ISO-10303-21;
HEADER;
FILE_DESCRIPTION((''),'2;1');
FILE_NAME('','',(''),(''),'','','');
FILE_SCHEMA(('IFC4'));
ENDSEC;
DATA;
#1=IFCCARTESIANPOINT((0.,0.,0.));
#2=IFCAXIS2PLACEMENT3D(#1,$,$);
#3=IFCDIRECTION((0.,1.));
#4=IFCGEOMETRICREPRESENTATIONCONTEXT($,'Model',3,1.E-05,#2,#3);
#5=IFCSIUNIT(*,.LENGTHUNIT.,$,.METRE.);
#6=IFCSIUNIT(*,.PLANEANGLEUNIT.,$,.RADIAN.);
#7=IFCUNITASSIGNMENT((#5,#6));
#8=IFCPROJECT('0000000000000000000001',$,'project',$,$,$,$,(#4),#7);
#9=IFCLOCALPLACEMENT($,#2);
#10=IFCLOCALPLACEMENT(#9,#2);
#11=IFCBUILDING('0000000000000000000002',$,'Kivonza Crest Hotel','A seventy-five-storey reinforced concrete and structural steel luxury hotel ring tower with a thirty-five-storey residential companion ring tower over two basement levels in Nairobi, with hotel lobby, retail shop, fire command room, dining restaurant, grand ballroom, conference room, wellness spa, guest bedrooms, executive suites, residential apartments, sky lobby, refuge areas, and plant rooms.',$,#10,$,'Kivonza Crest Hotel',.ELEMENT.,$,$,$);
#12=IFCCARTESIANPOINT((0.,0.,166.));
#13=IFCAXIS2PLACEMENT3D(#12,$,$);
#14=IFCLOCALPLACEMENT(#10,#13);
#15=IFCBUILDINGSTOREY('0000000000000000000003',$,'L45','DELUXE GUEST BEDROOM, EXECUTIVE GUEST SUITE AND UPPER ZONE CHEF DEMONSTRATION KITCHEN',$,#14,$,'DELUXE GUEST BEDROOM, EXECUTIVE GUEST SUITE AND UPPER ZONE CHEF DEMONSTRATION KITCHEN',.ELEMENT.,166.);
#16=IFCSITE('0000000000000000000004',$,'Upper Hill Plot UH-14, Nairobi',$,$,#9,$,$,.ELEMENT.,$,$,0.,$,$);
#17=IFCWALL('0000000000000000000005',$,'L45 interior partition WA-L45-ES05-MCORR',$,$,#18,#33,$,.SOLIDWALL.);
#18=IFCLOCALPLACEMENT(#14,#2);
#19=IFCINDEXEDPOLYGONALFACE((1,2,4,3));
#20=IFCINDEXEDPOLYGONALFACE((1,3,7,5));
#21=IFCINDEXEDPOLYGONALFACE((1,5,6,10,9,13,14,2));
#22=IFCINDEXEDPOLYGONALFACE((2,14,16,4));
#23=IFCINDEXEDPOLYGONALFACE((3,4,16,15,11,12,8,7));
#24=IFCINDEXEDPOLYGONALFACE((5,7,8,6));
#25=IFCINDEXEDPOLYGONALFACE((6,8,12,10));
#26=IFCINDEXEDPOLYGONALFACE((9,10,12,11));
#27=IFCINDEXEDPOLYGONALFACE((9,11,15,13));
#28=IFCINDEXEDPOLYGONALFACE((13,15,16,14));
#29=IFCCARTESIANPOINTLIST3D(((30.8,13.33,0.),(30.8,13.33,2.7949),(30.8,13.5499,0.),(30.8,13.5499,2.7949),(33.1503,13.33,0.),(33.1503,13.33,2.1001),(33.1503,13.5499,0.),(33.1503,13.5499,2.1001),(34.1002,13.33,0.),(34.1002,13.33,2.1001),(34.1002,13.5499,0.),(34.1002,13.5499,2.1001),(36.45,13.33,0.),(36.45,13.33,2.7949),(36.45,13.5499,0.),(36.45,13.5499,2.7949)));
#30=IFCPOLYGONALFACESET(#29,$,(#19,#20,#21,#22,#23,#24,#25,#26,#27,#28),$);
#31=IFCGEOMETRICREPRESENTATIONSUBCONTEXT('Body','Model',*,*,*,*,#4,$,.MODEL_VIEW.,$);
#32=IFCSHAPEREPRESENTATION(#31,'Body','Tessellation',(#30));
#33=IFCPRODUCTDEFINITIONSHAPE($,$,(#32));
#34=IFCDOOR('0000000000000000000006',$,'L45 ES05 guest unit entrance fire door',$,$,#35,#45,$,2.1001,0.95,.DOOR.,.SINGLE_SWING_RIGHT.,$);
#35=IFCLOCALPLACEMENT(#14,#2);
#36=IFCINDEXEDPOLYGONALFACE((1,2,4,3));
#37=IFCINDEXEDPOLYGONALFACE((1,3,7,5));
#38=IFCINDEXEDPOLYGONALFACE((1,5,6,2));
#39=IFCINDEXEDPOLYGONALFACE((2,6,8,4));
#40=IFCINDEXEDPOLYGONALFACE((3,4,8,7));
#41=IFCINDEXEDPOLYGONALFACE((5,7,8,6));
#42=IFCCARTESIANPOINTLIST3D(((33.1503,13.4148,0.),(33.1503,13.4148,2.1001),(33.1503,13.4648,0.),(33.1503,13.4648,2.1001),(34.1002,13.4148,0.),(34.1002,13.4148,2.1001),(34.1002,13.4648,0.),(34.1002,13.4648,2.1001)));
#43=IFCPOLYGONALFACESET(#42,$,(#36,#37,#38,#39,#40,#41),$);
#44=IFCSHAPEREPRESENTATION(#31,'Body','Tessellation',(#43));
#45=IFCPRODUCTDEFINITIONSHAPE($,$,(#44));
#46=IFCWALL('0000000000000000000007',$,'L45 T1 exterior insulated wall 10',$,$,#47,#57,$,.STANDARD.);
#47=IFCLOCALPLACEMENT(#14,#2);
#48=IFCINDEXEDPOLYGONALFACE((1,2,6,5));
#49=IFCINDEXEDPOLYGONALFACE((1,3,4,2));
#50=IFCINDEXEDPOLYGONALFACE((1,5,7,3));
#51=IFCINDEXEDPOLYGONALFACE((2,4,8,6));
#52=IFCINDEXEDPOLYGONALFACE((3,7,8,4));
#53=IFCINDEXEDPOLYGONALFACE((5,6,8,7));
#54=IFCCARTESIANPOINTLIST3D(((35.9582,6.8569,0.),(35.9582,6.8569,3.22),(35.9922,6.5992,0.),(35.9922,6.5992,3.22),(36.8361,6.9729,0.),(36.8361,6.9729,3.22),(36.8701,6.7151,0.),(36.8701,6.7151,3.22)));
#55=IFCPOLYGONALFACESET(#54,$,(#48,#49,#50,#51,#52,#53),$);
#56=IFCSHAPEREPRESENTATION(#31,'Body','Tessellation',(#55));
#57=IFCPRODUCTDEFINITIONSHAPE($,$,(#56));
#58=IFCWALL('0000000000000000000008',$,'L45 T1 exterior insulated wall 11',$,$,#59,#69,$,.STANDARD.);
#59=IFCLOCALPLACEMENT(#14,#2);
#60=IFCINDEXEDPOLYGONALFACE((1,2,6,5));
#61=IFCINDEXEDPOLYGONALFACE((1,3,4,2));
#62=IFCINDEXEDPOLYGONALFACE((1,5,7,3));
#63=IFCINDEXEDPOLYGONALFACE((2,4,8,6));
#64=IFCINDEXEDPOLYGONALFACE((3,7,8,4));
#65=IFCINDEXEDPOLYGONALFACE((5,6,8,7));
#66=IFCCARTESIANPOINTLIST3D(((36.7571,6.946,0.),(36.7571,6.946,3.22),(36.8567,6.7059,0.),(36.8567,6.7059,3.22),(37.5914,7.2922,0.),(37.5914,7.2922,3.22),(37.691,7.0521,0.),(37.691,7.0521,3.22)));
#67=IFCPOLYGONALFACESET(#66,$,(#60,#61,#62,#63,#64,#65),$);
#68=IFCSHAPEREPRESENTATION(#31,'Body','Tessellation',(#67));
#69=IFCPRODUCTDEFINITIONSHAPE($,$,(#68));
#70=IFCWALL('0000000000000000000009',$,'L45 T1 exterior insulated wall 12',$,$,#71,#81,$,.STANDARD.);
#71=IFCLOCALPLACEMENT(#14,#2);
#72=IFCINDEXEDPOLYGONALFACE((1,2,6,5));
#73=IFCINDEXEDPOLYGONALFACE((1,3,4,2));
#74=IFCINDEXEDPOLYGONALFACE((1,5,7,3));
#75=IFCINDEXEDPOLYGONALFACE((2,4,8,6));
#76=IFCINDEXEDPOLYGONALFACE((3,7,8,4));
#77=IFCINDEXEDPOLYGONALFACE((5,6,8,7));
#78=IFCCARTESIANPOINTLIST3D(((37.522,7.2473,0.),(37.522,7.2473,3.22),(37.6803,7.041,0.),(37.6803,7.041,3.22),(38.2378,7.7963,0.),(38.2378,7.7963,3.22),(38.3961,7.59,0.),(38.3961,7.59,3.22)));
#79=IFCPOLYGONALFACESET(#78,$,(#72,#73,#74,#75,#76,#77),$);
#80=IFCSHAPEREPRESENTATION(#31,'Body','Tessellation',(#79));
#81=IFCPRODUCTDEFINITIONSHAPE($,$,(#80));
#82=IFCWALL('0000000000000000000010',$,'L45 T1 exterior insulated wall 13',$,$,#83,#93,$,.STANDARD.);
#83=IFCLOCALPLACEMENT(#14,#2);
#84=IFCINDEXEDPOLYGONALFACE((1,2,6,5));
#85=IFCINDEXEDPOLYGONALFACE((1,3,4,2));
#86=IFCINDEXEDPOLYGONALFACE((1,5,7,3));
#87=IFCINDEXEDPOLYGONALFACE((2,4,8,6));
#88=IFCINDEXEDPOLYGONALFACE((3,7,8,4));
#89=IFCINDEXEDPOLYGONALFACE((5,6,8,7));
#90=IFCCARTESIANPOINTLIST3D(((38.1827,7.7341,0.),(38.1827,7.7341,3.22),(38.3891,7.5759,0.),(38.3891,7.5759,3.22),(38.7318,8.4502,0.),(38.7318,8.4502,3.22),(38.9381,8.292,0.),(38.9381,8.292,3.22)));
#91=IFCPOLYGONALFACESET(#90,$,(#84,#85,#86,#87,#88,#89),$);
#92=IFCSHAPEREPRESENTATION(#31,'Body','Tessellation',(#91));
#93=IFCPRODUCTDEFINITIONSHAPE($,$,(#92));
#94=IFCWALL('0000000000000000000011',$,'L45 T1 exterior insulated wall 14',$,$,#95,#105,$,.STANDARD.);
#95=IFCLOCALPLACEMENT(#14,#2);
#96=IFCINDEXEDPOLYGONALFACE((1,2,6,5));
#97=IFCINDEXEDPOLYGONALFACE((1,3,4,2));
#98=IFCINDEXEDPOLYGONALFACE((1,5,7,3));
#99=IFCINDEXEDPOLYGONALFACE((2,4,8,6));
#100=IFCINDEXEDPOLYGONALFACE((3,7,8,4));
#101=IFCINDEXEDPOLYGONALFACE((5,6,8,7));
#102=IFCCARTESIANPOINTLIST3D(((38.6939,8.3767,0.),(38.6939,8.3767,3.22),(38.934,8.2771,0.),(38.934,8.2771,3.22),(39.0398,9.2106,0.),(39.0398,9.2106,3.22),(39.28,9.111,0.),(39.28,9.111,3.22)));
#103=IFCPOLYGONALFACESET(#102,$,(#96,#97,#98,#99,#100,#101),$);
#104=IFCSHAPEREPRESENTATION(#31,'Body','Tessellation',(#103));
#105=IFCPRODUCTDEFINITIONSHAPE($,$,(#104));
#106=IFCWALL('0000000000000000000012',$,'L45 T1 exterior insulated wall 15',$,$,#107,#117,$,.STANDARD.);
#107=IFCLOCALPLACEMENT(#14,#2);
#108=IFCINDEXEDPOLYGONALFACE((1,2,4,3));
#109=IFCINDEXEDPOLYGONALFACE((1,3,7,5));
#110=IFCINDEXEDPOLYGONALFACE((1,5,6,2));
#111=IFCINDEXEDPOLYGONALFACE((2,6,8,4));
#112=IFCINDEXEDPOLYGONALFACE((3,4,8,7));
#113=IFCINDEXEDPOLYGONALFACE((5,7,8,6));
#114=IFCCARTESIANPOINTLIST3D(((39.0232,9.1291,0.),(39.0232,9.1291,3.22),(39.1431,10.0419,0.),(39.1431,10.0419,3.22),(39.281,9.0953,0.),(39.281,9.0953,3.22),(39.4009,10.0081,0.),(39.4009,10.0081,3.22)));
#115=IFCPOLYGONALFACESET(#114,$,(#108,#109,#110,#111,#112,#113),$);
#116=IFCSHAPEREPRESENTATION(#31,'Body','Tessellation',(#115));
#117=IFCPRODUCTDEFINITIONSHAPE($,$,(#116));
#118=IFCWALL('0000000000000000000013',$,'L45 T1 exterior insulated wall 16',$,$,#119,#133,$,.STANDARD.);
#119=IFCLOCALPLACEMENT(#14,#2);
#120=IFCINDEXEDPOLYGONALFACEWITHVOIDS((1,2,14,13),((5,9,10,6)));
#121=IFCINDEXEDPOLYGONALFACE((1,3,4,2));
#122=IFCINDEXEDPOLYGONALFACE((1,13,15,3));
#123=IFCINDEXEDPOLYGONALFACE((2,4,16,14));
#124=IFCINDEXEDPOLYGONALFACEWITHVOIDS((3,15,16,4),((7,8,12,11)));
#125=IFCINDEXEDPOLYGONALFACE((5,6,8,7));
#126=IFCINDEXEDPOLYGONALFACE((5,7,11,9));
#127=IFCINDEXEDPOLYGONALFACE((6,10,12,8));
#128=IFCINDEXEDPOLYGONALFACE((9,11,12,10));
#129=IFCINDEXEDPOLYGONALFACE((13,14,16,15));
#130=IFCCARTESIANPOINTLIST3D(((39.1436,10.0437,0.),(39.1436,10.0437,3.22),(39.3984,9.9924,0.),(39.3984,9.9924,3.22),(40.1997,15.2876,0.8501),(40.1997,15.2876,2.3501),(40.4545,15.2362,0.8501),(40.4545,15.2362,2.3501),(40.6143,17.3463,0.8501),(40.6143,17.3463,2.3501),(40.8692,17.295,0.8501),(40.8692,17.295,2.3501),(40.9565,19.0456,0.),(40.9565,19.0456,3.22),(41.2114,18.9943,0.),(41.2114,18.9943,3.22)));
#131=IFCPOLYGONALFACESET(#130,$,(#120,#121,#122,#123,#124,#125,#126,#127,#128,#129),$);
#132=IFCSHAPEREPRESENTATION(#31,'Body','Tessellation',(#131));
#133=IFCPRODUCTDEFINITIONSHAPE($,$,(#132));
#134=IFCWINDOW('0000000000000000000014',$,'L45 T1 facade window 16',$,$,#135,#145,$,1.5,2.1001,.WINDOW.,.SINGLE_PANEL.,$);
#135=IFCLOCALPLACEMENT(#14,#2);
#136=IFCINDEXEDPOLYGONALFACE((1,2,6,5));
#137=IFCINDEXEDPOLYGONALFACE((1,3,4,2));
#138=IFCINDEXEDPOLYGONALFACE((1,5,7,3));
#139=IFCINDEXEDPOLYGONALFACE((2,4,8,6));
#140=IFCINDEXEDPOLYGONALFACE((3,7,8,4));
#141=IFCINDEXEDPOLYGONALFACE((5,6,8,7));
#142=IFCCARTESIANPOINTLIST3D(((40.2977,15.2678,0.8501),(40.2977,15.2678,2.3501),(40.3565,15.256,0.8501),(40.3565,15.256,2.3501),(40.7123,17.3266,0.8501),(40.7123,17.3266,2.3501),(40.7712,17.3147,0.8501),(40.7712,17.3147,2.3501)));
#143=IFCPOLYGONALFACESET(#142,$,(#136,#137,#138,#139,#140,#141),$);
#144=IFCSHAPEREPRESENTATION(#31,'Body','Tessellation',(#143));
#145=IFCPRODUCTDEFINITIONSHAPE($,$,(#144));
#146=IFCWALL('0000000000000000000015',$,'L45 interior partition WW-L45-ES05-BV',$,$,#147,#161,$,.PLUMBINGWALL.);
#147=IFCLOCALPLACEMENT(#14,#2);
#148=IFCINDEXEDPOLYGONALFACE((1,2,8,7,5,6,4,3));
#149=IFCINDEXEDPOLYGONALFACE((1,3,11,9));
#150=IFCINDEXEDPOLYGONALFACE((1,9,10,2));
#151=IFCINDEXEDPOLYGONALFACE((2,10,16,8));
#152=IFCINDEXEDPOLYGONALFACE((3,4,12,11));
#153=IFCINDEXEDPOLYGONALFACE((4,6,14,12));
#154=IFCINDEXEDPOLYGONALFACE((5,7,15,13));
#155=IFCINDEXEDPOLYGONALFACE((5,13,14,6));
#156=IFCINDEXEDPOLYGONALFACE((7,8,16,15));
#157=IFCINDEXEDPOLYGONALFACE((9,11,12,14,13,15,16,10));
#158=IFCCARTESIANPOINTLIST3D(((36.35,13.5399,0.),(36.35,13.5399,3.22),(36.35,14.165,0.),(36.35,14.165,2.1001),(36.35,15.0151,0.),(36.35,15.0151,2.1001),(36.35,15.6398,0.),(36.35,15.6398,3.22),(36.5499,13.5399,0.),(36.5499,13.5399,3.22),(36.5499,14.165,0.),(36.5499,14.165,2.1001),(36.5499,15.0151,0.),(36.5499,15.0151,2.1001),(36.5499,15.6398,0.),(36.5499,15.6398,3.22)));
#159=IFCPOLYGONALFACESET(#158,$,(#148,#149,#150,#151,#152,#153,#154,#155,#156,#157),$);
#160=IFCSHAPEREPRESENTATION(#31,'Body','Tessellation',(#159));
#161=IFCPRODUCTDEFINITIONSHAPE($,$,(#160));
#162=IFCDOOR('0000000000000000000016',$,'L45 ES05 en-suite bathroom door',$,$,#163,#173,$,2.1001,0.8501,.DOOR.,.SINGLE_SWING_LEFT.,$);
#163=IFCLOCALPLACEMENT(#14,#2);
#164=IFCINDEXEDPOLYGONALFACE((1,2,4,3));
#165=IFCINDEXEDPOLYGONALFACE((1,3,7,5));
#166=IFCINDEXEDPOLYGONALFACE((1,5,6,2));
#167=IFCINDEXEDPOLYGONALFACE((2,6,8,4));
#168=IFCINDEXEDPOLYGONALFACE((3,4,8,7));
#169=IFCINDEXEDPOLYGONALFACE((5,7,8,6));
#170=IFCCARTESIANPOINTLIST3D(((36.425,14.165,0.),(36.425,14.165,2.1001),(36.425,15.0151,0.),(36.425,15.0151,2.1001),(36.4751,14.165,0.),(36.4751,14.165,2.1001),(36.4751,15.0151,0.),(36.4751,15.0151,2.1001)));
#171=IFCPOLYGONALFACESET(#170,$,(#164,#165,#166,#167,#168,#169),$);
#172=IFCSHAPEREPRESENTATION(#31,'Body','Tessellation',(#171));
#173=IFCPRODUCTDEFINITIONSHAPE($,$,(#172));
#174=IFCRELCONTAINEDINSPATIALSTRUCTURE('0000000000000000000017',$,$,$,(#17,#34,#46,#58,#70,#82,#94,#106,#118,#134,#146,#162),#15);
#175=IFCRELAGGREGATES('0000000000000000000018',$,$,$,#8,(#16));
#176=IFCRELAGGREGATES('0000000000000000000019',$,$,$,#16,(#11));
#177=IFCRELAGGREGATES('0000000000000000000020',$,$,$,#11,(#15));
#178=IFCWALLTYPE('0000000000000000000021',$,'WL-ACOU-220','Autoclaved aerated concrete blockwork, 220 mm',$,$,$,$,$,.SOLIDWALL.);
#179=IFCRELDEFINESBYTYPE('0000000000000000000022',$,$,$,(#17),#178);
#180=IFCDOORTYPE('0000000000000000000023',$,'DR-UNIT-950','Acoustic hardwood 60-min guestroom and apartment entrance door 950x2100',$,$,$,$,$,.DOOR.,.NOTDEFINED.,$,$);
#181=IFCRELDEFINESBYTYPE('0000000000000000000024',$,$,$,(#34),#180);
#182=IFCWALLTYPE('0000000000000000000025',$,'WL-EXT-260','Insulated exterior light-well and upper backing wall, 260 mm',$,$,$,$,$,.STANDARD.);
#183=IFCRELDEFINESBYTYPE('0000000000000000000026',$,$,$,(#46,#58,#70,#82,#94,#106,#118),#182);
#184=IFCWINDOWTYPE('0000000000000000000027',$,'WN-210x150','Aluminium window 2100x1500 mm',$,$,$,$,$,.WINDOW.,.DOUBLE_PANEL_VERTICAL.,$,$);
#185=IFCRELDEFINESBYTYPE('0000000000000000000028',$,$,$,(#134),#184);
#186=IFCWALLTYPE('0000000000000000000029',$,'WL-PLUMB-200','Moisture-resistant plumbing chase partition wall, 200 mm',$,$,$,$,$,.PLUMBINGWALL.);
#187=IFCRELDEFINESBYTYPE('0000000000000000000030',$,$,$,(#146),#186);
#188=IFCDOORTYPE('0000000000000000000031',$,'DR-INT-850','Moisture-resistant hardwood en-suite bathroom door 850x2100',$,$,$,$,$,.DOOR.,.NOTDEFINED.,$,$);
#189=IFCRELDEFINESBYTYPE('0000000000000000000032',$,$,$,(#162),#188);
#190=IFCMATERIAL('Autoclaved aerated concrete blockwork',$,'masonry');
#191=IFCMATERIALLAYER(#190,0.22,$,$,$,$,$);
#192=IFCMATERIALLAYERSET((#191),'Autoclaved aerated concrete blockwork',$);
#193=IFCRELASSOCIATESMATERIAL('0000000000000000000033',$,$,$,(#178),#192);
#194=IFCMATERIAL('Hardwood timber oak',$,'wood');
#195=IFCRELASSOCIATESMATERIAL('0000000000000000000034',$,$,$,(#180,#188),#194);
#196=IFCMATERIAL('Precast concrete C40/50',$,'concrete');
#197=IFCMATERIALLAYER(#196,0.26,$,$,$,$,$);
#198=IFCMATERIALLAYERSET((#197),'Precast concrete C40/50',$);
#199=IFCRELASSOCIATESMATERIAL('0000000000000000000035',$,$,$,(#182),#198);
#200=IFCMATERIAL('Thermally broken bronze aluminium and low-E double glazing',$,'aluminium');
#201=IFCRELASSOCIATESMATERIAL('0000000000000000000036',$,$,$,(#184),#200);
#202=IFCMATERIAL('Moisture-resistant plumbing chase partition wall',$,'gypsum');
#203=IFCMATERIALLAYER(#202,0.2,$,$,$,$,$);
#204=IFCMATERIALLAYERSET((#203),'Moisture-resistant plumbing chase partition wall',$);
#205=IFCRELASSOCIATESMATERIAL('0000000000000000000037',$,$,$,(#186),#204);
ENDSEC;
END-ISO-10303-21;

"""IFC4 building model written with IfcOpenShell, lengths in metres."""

from ifc_helpers import new_model, si_unit, direction, frame, frame_2d, origin, place, context, subcontext, project, spatial, rectangle, extrude, material, layer, layer_set, type_object, element, fill, save


model = new_model("IFC4")

# Units and contexts
model_context = context("Model", 3, precision=1e-05, world=origin(), true_north=direction((0.0, 1.0)))
body_context = subcontext(model_context, "Body", "Model", "MODEL_VIEW")
ifc_project = project(units=[si_unit("LENGTHUNIT", "METRE"), si_unit("PLANEANGLEUNIT", "RADIAN")], contexts=[model_context])

# Site, building, storey
site_placement = place(None, origin())
site = spatial("IfcSite", under=ifc_project, at=site_placement, Name="Upper Hill Plot UH-14, Nairobi", CompositionType="ELEMENT", RefElevation=0.0)
building_placement = place(site_placement, origin())
building = spatial("IfcBuilding", under=site, at=building_placement, Name="Kivonza Crest Hotel", Description="A seventy-five-storey reinforced concrete and structural steel luxury hotel ring tower with a thirty-five-storey residential companion ring tower over two basement levels in Nairobi, with hotel lobby, retail shop, fire command room, dining restaurant, grand ballroom, conference room, wellness spa, guest bedrooms, executive suites, residential apartments, sky lobby, refuge areas, and plant rooms.", LongName="Kivonza Crest Hotel", CompositionType="ELEMENT")
storey_placement = place(building_placement, frame((0.0, 0.0, 166.0)))
storey = spatial("IfcBuildingStorey", under=building, at=storey_placement, Name="L45", Description="DELUXE GUEST BEDROOM, EXECUTIVE GUEST SUITE AND UPPER ZONE CHEF DEMONSTRATION KITCHEN", LongName="DELUXE GUEST BEDROOM, EXECUTIVE GUEST SUITE AND UPPER ZONE CHEF DEMONSTRATION KITCHEN", CompositionType="ELEMENT", Elevation=166.0)

# Shared definitions
ifc_material_1 = material(Name="Autoclaved aerated concrete blockwork", Category="masonry")
ifc_layer_1 = layer(ifc_material_1, 0.22)
ifc_layer_set_1 = layer_set([ifc_layer_1], Name="Autoclaved aerated concrete blockwork")
wall_type_1 = type_object("IfcWallType", Name="WL-ACOU-220", Description="Autoclaved aerated concrete blockwork, 220 mm", PredefinedType="SOLIDWALL", material=ifc_layer_set_1)
ifc_material_2 = material(Name="Hardwood timber oak", Category="wood")

# Wall, opening, door
wall_1_placement = place(storey_placement, frame((30.8, 13.4399, 0.0), z_axis=(0.0, 0.0, 1.0), x_axis=(1.0, 0.0, 0.0)))
wall_1 = element("IfcWall", 1, at=wall_1_placement, inside=storey, type_object=wall_type_1, Name="L45 interior partition WA-L45-ES05-MCORR", PredefinedType="SOLIDWALL", context=body_context, shape_type="SweptSolid", body=[
    extrude(rectangle(XDim=5.6499, YDim=0.22, at=frame_2d((2.825, 0.0))), origin(), (0.0, 0.0, 1.0), 2.7949),
])
opening_1_placement = place(wall_1_placement, frame((2.3501, 0.0, 0.0)))
opening_1 = element("IfcOpeningElement", 2, at=opening_1_placement, cuts=wall_1, PredefinedType="OPENING", context=body_context, shape_type="SweptSolid", body=[
    extrude(rectangle(XDim=0.95, YDim=2.1001, at=frame_2d((0.4751, 1.05))), frame((0.0, 0.1201, 0.0), z_axis=(0.0, -1.0, 0.0), x_axis=(1.0, 0.0, 0.0)), (0.0, 0.0, 1.0), 0.24),
])
door_type_1 = type_object("IfcDoorType", Name="DR-UNIT-950", Description="Acoustic hardwood 60-min guestroom and apartment entrance door 950x2100", OperationType="NOTDEFINED", PredefinedType="DOOR", material=ifc_material_2)
door_1_placement = place(opening_1_placement, origin())
door_1 = element("IfcDoor", 3, at=door_1_placement, inside=storey, type_object=door_type_1, Name="L45 ES05 guest unit entrance fire door", OperationType="SINGLE_SWING_RIGHT", OverallHeight=2.1001, OverallWidth=0.95, PredefinedType="DOOR", context=body_context, shape_type="SweptSolid", body=[
    extrude(rectangle(XDim=0.95, YDim=2.1001, at=frame_2d((0.4751, 1.05))), frame((0.0, 0.0249, 0.0), z_axis=(0.0, -1.0, 0.0), x_axis=(1.0, 0.0, 0.0)), (0.0, 0.0, 1.0), 0.05),
])
fill(opening_1, door_1)

# Walls
ifc_material_3 = material(Name="Precast concrete C40/50", Category="concrete")
ifc_layer_2 = layer(ifc_material_3, 0.26)
ifc_layer_set_2 = layer_set([ifc_layer_2], Name="Precast concrete C40/50")
wall_type_2 = type_object("IfcWallType", Name="WL-EXT-260", Description="Insulated exterior light-well and upper backing wall, 260 mm", PredefinedType="STANDARD", material=ifc_layer_set_2)
wall_2_placement = place(storey_placement, frame((35.9751, 6.728, 0.0), z_axis=(0.0, 0.0, 1.0), x_axis=(0.991388, 0.130954, 0.0)))
element("IfcWall", 4, at=wall_2_placement, inside=storey, type_object=wall_type_2, Name="L45 T1 exterior insulated wall 10", PredefinedType="STANDARD", context=body_context, shape_type="SweptSolid", body=[
    extrude(rectangle(XDim=0.8855, YDim=0.26, at=frame_2d((0.4429, 0.0))), origin(), (0.0, 0.0, 1.0), 3.22),
])
wall_3_placement = place(storey_placement, frame((36.8069, 6.8259, 0.0), z_axis=(0.0, 0.0, 1.0), x_axis=(0.923628, 0.383291, 0.0)))
element("IfcWall", 5, at=wall_3_placement, inside=storey, type_object=wall_type_2, Name="L45 T1 exterior insulated wall 11", PredefinedType="STANDARD", context=body_context, shape_type="SweptSolid", body=[
    extrude(rectangle(XDim=0.9033, YDim=0.26, at=frame_2d((0.4517, 0.0))), origin(), (0.0, 0.0, 1.0), 3.22),
])
wall_4_placement = place(storey_placement, frame((37.6011, 7.144, 0.0), z_axis=(0.0, 0.0, 1.0), x_axis=(0.793458, 0.608625, 0.0)))
element("IfcWall", 6, at=wall_4_placement, inside=storey, type_object=wall_type_2, Name="L45 T1 exterior insulated wall 12", PredefinedType="STANDARD", context=body_context, shape_type="SweptSolid", body=[
    extrude(rectangle(XDim=0.9021, YDim=0.26, at=frame_2d((0.4512, 0.0))), origin(), (0.0, 0.0, 1.0), 3.22),
])
wall_5_placement = place(storey_placement, frame((38.2859, 7.655, 0.0), z_axis=(0.0, 0.0, 1.0), x_axis=(0.608494, 0.793558, 0.0)))
element("IfcWall", 7, at=wall_5_placement, inside=storey, type_object=wall_type_2, Name="L45 T1 exterior insulated wall 13", PredefinedType="STANDARD", context=body_context, shape_type="SweptSolid", body=[
    extrude(rectangle(XDim=0.9023, YDim=0.26, at=frame_2d((0.4512, 0.0))), origin(), (0.0, 0.0, 1.0), 3.22),
])
wall_6_placement = place(storey_placement, frame((38.814, 8.3269, 0.0), z_axis=(0.0, 0.0, 1.0), x_axis=(0.383156, 0.923684, 0.0)))
element("IfcWall", 8, at=wall_6_placement, inside=storey, type_object=wall_type_2, Name="L45 T1 exterior insulated wall 14", PredefinedType="STANDARD", context=body_context, shape_type="SweptSolid", body=[
    extrude(rectangle(XDim=0.9028, YDim=0.26, at=frame_2d((0.4514, 0.0))), origin(), (0.0, 0.0, 1.0), 3.22),
])
wall_7_placement = place(storey_placement, frame((39.1521, 9.1121, 0.0), z_axis=(0.0, 0.0, 1.0), x_axis=(0.130201, 0.991488, 0.0)))
element("IfcWall", 9, at=wall_7_placement, inside=storey, type_object=wall_type_2, Name="L45 T1 exterior insulated wall 15", PredefinedType="STANDARD", context=body_context, shape_type="SweptSolid", body=[
    extrude(rectangle(XDim=0.9207, YDim=0.26, at=frame_2d((0.4604, 0.0))), origin(), (0.0, 0.0, 1.0), 3.22),
])

# Wall, opening, window
wall_8_placement = place(storey_placement, frame((39.271, 10.0181, 0.0), z_axis=(0.0, 0.0, 1.0), x_axis=(0.197435, 0.980316, 0.0)))
wall_8 = element("IfcWall", 10, at=wall_8_placement, inside=storey, type_object=wall_type_2, Name="L45 T1 exterior insulated wall 16", PredefinedType="STANDARD", context=body_context, shape_type="SweptSolid", body=[
    extrude(rectangle(XDim=9.1826, YDim=0.26, at=frame_2d((4.5913, 0.0))), origin(), (0.0, 0.0, 1.0), 3.22),
])
opening_2_placement = place(wall_8_placement, frame((5.3491, 0.0, 0.8501)))
opening_2 = element("IfcOpeningElement", 11, at=opening_2_placement, cuts=wall_8, PredefinedType="OPENING", context=body_context, shape_type="SweptSolid", body=[
    extrude(rectangle(XDim=2.1001, YDim=1.5, at=frame_2d((1.05, 0.75))), frame((0.0, 0.1401, 0.0), z_axis=(0.0, -1.0, 0.0), x_axis=(1.0, 0.0, 0.0)), (0.0, 0.0, 1.0), 0.28),
])
ifc_material_4 = material(Name="Thermally broken bronze aluminium and low-E double glazing", Category="aluminium")
window_type = type_object("IfcWindowType", Name="WN-210x150", Description="Aluminium window 2100x1500 mm", PartitioningType="DOUBLE_PANEL_VERTICAL", PredefinedType="WINDOW", material=ifc_material_4)
window_placement = place(opening_2_placement, origin())
window = element("IfcWindow", 12, at=window_placement, inside=storey, type_object=window_type, Name="L45 T1 facade window 16", OverallHeight=1.5, OverallWidth=2.1001, PartitioningType="SINGLE_PANEL", PredefinedType="WINDOW", context=body_context, shape_type="SweptSolid", body=[
    extrude(rectangle(XDim=2.1001, YDim=1.5, at=frame_2d((1.05, 0.75))), frame((0.0, 0.03, 0.0), z_axis=(0.0, -1.0, 0.0), x_axis=(1.0, 0.0, 0.0)), (0.0, 0.0, 1.0), 0.0601),
])
fill(opening_2, window)

# Wall, opening, door
ifc_material_5 = material(Name="Moisture-resistant plumbing chase partition wall", Category="gypsum")
ifc_layer_3 = layer(ifc_material_5, 0.2)
ifc_layer_set_3 = layer_set([ifc_layer_3], Name="Moisture-resistant plumbing chase partition wall")
wall_type_3 = type_object("IfcWallType", Name="WL-PLUMB-200", Description="Moisture-resistant plumbing chase partition wall, 200 mm", PredefinedType="PLUMBINGWALL", material=ifc_layer_set_3)
wall_9_placement = place(storey_placement, frame((36.45, 13.54, 0.0), z_axis=(0.0, 0.0, 1.0), x_axis=(0.0, 1.0, 0.0)))
wall_9 = element("IfcWall", 13, at=wall_9_placement, inside=storey, type_object=wall_type_3, Name="L45 interior partition WW-L45-ES05-BV", PredefinedType="PLUMBINGWALL", context=body_context, shape_type="SweptSolid", body=[
    extrude(rectangle(XDim=2.0999, YDim=0.2, at=frame_2d((1.0498, 0.0))), origin(), (0.0, 0.0, 1.0), 3.22),
])
opening_3_placement = place(wall_9_placement, frame((0.625, 0.0, 0.0)))
opening_3 = element("IfcOpeningElement", 14, at=opening_3_placement, cuts=wall_9, PredefinedType="OPENING", context=body_context, shape_type="SweptSolid", body=[
    extrude(rectangle(XDim=0.8501, YDim=2.1001, at=frame_2d((0.425, 1.05))), frame((0.0, 0.1099, 0.0), z_axis=(0.0, -1.0, 0.0), x_axis=(1.0, 0.0, 0.0)), (0.0, 0.0, 1.0), 0.22),
])
door_type_2 = type_object("IfcDoorType", Name="DR-INT-850", Description="Moisture-resistant hardwood en-suite bathroom door 850x2100", OperationType="NOTDEFINED", PredefinedType="DOOR", material=ifc_material_2)
door_2_placement = place(opening_3_placement, origin())
door_2 = element("IfcDoor", 15, at=door_2_placement, inside=storey, type_object=door_type_2, Name="L45 ES05 en-suite bathroom door", OperationType="SINGLE_SWING_LEFT", OverallHeight=2.1001, OverallWidth=0.8501, PredefinedType="DOOR", context=body_context, shape_type="SweptSolid", body=[
    extrude(rectangle(XDim=0.8501, YDim=2.1001, at=frame_2d((0.425, 1.05))), frame((0.0, 0.0249, 0.0), z_axis=(0.0, -1.0, 0.0), x_axis=(1.0, 0.0, 0.0)), (0.0, 0.0, 1.0), 0.05),
])
fill(opening_3, door_2)

save(model, "model.ifc")
